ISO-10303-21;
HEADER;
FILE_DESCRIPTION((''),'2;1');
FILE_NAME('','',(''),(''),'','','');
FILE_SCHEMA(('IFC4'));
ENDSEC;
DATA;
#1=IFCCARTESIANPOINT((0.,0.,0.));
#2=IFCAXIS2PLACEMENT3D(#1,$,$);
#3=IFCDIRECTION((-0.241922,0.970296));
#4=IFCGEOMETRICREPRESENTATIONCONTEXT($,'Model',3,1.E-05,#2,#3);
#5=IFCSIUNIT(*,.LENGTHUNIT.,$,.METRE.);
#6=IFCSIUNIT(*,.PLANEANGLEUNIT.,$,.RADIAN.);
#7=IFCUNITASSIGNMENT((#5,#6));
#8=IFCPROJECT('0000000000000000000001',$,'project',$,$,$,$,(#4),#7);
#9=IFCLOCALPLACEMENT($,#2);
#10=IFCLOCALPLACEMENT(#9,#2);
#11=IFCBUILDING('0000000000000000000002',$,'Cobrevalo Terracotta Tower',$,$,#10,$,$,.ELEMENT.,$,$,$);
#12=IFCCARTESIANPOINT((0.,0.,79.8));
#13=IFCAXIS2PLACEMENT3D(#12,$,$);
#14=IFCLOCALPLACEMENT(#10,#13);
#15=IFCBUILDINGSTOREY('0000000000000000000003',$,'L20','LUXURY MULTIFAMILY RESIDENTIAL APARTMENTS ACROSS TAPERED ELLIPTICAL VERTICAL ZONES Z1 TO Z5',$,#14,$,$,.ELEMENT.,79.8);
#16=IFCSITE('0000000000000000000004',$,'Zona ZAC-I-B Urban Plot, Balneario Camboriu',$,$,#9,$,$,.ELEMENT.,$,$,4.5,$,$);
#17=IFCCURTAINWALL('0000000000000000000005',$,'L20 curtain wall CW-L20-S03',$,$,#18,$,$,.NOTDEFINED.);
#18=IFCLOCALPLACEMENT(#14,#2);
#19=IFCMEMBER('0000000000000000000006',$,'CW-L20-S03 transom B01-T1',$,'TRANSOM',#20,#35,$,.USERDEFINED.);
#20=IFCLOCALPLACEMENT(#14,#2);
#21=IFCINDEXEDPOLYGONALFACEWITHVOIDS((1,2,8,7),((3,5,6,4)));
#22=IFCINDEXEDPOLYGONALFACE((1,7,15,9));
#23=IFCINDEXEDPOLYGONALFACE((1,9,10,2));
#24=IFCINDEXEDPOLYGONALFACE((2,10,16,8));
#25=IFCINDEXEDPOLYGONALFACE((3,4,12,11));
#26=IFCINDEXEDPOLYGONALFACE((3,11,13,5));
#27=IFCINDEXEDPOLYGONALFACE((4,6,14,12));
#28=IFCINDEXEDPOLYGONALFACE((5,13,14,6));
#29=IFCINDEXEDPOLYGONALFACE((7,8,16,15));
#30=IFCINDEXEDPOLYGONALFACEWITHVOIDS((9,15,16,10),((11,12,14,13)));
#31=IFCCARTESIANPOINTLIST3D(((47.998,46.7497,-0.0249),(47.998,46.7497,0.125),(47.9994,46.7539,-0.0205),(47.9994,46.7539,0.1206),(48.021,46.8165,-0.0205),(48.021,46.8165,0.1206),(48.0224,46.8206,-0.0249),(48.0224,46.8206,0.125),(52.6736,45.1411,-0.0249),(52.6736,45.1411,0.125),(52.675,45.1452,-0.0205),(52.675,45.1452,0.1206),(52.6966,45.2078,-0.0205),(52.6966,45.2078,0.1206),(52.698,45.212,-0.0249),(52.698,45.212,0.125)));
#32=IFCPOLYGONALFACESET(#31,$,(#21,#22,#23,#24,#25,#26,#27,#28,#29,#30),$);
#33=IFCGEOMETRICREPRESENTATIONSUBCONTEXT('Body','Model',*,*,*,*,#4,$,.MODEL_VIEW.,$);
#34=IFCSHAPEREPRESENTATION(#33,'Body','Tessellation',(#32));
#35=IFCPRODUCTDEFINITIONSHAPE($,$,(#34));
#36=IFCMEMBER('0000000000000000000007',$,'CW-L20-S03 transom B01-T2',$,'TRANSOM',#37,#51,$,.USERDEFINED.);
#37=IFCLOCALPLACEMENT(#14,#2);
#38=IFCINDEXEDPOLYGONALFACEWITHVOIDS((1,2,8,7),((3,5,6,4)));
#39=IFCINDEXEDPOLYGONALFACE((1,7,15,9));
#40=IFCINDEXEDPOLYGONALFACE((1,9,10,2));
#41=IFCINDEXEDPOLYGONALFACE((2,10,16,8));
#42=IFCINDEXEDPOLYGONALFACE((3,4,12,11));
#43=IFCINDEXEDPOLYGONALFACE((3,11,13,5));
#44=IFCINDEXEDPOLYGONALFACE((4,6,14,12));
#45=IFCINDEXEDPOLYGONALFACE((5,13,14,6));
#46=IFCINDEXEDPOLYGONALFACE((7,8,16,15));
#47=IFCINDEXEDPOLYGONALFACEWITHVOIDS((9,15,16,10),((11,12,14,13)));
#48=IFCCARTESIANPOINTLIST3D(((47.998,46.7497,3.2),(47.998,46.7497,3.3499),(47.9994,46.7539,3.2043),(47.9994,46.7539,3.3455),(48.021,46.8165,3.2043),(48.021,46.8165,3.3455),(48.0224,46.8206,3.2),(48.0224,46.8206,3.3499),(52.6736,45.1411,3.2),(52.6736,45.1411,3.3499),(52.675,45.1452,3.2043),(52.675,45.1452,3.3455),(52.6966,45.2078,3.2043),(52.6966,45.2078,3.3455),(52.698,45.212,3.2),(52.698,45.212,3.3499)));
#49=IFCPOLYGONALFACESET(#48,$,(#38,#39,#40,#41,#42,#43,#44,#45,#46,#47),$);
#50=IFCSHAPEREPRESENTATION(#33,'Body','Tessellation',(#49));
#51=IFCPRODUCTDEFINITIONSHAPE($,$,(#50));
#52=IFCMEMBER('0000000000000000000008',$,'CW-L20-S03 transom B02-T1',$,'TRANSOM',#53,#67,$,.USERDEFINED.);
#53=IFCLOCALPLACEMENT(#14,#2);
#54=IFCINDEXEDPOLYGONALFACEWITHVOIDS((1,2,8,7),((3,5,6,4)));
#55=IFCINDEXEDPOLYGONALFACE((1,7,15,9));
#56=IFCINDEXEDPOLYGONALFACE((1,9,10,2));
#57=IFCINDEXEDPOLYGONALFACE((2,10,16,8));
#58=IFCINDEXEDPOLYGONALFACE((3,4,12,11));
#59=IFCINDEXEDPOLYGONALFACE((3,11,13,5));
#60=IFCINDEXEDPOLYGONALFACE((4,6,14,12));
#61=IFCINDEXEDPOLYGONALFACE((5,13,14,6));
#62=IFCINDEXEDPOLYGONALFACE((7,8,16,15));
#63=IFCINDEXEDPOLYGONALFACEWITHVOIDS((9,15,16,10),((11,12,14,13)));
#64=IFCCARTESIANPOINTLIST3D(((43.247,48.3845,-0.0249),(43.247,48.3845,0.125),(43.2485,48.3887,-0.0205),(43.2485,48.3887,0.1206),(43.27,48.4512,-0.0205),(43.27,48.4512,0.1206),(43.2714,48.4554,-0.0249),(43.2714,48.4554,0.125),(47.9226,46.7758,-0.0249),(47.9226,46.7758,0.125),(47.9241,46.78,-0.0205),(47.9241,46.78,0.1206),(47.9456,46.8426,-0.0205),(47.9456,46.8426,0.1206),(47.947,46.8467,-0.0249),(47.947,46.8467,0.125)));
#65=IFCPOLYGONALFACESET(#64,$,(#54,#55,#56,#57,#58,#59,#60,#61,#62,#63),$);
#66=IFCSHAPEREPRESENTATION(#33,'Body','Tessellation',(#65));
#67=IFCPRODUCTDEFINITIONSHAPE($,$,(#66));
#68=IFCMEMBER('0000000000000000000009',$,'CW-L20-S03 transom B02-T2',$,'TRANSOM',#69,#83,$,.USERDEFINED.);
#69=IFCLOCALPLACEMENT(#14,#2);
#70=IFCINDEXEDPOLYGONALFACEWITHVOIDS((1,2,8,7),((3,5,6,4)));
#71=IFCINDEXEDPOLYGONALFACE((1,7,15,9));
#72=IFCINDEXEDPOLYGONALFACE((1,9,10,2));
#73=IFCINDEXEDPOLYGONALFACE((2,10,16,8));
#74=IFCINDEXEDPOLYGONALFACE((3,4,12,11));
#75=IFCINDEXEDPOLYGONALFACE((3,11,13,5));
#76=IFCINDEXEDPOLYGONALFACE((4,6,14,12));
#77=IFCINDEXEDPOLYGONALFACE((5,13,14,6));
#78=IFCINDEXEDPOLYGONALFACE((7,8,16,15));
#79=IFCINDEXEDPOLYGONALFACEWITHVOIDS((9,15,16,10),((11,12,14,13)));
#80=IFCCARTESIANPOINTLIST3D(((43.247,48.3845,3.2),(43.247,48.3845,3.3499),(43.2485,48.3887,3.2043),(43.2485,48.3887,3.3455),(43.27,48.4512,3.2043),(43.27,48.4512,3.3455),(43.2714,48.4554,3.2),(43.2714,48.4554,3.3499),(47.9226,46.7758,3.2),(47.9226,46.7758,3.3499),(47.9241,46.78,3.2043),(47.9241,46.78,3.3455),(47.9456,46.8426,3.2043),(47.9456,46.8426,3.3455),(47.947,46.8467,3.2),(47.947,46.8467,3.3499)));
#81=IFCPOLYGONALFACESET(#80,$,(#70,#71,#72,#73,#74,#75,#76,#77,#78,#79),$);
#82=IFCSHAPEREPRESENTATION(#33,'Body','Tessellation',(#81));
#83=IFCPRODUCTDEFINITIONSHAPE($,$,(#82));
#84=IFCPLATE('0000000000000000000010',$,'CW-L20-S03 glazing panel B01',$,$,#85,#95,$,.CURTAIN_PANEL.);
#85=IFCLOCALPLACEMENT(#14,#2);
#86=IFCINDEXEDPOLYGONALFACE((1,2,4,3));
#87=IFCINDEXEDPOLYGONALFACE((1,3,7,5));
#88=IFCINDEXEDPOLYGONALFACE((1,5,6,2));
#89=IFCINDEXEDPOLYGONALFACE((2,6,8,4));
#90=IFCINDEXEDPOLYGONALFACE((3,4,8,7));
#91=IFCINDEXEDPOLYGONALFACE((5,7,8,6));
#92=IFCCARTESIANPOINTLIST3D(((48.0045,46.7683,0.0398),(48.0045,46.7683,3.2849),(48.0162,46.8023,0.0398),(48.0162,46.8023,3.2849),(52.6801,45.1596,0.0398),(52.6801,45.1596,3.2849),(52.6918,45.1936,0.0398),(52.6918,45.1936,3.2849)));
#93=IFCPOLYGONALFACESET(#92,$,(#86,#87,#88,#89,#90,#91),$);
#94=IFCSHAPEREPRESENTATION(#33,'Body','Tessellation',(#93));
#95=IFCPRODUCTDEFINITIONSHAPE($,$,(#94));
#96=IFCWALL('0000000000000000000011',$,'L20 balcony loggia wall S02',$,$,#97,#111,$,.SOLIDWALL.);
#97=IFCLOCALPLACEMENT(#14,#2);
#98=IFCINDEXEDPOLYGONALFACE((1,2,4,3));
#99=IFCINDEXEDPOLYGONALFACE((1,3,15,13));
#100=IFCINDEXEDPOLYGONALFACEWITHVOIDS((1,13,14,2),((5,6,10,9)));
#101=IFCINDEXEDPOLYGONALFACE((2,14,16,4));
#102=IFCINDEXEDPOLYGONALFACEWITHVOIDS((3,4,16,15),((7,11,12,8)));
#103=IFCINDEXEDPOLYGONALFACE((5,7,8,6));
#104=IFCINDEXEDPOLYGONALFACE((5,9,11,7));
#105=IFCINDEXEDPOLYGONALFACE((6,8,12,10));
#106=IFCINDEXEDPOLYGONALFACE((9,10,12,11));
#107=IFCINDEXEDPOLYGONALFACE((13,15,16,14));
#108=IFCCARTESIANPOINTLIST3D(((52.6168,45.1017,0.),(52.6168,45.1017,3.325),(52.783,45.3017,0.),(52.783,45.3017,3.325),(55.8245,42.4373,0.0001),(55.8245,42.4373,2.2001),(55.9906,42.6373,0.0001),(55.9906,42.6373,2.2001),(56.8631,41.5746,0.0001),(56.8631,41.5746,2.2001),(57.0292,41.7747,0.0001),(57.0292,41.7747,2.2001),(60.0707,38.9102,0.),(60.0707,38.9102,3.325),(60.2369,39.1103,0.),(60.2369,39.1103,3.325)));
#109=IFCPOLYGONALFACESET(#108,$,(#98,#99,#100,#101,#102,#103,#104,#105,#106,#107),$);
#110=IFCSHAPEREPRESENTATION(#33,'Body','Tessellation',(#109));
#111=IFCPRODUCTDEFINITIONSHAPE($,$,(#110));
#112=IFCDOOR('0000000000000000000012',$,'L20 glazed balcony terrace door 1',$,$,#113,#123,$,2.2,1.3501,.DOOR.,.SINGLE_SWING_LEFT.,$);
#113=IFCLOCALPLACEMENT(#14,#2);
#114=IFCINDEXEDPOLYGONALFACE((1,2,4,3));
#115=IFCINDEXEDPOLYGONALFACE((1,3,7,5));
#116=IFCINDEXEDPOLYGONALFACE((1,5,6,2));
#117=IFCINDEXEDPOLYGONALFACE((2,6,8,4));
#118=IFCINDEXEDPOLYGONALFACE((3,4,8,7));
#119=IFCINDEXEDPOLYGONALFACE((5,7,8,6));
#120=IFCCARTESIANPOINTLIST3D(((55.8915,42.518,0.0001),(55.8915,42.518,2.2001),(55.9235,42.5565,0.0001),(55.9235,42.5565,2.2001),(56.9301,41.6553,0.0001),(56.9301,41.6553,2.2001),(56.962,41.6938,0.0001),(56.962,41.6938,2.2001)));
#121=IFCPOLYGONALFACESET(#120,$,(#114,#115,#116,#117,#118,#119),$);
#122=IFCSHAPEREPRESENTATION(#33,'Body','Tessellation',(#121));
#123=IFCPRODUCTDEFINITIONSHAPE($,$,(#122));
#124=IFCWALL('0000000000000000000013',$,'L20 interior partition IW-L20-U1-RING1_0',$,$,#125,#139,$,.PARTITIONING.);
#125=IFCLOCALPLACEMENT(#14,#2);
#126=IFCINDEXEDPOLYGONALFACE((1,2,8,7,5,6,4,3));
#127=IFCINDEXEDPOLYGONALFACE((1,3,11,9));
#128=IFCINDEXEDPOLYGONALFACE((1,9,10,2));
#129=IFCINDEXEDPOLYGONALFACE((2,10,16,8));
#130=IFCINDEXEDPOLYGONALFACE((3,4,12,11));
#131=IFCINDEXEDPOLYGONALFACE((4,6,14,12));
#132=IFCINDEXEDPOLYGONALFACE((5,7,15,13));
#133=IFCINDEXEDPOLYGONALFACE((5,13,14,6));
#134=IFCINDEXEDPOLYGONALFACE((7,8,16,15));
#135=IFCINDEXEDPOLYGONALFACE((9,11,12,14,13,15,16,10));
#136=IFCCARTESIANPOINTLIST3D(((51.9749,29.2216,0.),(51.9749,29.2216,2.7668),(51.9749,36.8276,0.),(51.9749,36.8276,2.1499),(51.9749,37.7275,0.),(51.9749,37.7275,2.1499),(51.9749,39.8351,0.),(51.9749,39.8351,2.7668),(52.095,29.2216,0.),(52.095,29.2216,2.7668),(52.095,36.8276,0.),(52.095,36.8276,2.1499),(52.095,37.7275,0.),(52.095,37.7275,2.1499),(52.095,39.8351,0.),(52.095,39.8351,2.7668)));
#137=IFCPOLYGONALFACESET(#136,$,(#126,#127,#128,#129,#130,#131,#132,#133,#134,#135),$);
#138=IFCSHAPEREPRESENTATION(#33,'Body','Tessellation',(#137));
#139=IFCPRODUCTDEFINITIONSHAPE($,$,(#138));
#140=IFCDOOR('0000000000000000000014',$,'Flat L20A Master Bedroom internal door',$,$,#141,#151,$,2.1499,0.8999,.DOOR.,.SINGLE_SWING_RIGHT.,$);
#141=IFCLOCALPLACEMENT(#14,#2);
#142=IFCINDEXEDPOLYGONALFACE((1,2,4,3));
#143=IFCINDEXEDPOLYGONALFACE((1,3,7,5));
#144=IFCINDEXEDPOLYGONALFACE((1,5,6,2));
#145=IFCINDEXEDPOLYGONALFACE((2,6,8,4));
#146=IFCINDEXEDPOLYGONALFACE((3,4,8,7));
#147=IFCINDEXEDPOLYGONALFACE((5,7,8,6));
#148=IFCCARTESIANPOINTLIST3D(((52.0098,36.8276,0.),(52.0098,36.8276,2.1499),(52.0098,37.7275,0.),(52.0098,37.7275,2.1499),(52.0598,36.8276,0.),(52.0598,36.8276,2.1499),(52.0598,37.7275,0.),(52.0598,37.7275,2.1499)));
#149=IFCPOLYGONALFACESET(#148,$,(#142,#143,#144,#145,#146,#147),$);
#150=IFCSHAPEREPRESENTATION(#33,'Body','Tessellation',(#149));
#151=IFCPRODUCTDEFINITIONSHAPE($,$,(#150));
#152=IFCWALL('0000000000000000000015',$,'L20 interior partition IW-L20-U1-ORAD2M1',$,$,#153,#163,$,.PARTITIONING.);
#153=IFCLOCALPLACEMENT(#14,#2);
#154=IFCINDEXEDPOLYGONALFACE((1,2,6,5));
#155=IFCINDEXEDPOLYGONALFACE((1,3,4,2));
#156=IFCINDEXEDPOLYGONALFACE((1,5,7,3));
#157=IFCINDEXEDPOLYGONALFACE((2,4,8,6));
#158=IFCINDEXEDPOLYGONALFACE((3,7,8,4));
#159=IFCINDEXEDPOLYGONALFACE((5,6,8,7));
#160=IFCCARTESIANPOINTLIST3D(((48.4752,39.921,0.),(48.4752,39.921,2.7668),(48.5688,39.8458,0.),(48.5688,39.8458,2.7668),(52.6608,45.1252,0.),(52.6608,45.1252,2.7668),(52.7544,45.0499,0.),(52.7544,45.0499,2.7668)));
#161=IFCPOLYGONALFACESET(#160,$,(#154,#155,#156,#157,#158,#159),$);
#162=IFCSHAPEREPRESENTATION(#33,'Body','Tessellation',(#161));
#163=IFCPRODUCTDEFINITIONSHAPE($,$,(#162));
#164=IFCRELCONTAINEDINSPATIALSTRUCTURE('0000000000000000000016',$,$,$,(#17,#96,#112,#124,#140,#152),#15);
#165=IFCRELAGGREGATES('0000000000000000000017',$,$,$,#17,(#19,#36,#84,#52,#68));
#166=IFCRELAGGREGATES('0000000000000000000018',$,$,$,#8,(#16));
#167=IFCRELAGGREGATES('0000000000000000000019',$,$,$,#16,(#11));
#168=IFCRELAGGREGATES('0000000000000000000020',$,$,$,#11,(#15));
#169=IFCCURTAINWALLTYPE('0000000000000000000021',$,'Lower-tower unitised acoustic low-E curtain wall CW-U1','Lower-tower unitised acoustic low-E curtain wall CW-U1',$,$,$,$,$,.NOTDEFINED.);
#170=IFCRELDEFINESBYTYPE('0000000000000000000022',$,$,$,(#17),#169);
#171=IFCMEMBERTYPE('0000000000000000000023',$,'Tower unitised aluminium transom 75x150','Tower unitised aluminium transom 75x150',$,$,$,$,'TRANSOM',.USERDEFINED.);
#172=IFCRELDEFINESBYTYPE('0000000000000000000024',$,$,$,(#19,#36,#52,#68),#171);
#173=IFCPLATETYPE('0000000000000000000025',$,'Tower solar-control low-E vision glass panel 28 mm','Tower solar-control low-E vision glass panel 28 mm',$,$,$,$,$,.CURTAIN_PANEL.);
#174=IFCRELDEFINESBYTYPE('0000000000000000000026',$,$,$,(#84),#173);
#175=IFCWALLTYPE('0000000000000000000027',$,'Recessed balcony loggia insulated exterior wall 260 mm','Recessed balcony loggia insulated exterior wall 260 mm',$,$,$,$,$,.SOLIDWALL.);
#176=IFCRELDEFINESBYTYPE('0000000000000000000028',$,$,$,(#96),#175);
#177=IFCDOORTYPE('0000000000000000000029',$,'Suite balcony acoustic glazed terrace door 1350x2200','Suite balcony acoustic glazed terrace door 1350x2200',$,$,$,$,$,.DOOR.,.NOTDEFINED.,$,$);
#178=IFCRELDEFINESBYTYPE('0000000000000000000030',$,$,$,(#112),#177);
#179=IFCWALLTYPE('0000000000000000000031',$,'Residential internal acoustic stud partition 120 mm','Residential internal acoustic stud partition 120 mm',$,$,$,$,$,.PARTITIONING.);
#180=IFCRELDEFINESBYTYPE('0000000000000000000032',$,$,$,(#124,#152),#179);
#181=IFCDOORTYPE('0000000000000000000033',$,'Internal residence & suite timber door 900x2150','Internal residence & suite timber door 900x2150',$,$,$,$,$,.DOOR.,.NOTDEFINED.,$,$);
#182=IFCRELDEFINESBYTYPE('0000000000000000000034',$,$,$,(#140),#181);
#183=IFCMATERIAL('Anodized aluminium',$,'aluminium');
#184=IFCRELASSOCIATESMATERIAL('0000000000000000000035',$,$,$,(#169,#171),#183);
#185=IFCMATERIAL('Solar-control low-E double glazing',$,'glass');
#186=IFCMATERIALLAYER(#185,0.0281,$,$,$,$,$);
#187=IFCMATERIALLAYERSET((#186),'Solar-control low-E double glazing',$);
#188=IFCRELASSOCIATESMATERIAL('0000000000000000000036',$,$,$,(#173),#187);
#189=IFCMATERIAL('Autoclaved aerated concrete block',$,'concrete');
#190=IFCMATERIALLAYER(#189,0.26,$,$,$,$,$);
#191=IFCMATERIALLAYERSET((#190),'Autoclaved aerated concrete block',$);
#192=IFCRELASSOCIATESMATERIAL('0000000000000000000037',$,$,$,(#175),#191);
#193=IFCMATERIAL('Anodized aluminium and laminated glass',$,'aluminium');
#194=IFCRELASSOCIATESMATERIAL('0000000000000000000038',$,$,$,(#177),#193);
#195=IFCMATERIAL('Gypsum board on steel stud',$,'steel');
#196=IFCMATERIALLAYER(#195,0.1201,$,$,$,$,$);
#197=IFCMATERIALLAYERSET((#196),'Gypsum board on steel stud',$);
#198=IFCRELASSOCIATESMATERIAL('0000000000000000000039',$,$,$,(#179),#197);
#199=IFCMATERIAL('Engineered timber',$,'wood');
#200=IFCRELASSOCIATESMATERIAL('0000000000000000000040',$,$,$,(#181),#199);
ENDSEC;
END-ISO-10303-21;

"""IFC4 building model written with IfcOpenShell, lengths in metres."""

from ifc_helpers import new_model, si_unit, direction, frame, frame_2d, origin, origin_2d, place, context, subcontext, project, spatial, rectangle, hollow_rectangle, extrude, source, transform, mapped, material, layer, layer_set, material_profile, profile_set, type_object, element, fill, aggregate, save


model = new_model("IFC4")

# Units and contexts
model_context = context("Model", 3, precision=1e-05, world=origin(), true_north=direction((-0.241922, 0.970296)))
body_context = subcontext(model_context, "Body", "Model", "MODEL_VIEW")
ifc_project = project(units=[si_unit("LENGTHUNIT", "METRE"), si_unit("PLANEANGLEUNIT", "RADIAN")], contexts=[model_context])

# Site, building, storey
site_placement = place(None, origin())
site = spatial("IfcSite", under=ifc_project, at=site_placement, Name="Zona ZAC-I-B Urban Plot, Balneario Camboriu", CompositionType="ELEMENT", RefElevation=4.5)
building_placement = place(site_placement, origin())
building = spatial("IfcBuilding", under=site, at=building_placement, Name="Cobrevalo Terracotta Tower", CompositionType="ELEMENT")
storey_placement = place(building_placement, frame((0.0, 0.0, 79.8)))
storey = spatial("IfcBuildingStorey", under=building, at=storey_placement, Name="L20", Description="LUXURY MULTIFAMILY RESIDENTIAL APARTMENTS ACROSS TAPERED ELLIPTICAL VERTICAL ZONES Z1 TO Z5", CompositionType="ELEMENT", Elevation=79.8)

# Curtain wall, members, plate
ifc_material_1 = material(Name="Anodized aluminium", Category="aluminium")
curtain_wall_type = type_object("IfcCurtainWallType", Name="Lower-tower unitised acoustic low-E curtain wall CW-U1", Description="Lower-tower unitised acoustic low-E curtain wall CW-U1", PredefinedType="NOTDEFINED", material=ifc_material_1)
curtain_wall_placement = place(storey_placement, origin())
curtain_wall = element("IfcCurtainWall", 1, at=curtain_wall_placement, inside=storey, type_object=curtain_wall_type, Name="L20 curtain wall CW-L20-S03", PredefinedType="NOTDEFINED")
ifc_material_profile_1 = material_profile(ifc_material_1, hollow_rectangle(XDim=0.075, YDim=0.1499, WallThickness=0.0044, at=origin_2d()), Name="CWT 75x150")
ifc_profile_set_1 = profile_set([ifc_material_profile_1], Name="Anodized aluminium")
member_type_1 = type_object("IfcMemberType", Name="Tower unitised aluminium transom 75x150", Description="Tower unitised aluminium transom 75x150", ElementType="TRANSOM", PredefinedType="USERDEFINED", material=ifc_profile_set_1)
shared_shape_1 = source(origin(), body_context, "Body", "SweptSolid", [
    extrude(hollow_rectangle(XDim=0.075, YDim=0.1499, WallThickness=0.0044, at=origin_2d()), origin(), (0.0, 0.0, 1.0), 4.9446),
])
member_1_placement = place(storey_placement, frame((52.6858, 45.1765, 0.05), z_axis=(-0.945598, 0.325338, 0.0), x_axis=(-0.325338, -0.945598, 0.0)))
member_1 = element("IfcMember", 2, at=member_1_placement, type_object=member_type_1, Name="CW-L20-S03 transom B01-T1", ObjectType="TRANSOM", PredefinedType="USERDEFINED", context=body_context, shape_type="MappedRepresentation", body=[
    mapped(shared_shape_1, transform((0.0, 0.0, 0.0), scale=1.0)),
])
member_2_placement = place(storey_placement, frame((52.6858, 45.1765, 3.2749), z_axis=(-0.945598, 0.325338, 0.0), x_axis=(-0.325338, -0.945598, 0.0)))
member_2 = element("IfcMember", 3, at=member_2_placement, type_object=member_type_1, Name="CW-L20-S03 transom B01-T2", ObjectType="TRANSOM", PredefinedType="USERDEFINED", context=body_context, shape_type="MappedRepresentation", body=[
    mapped(shared_shape_1, transform((0.0, 0.0, 0.0), scale=1.0)),
])
member_3_placement = place(storey_placement, frame((47.9348, 46.8113, 0.05), z_axis=(-0.945598, 0.325338, 0.0), x_axis=(-0.325338, -0.945598, 0.0)))
member_3 = element("IfcMember", 4, at=member_3_placement, type_object=member_type_1, Name="CW-L20-S03 transom B02-T1", ObjectType="TRANSOM", PredefinedType="USERDEFINED", context=body_context, shape_type="MappedRepresentation", body=[
    mapped(shared_shape_1, transform((0.0, 0.0, 0.0), scale=1.0)),
])
member_4_placement = place(storey_placement, frame((47.9348, 46.8113, 3.2749), z_axis=(-0.945598, 0.325338, 0.0), x_axis=(-0.325338, -0.945598, 0.0)))
member_4 = element("IfcMember", 5, at=member_4_placement, type_object=member_type_1, Name="CW-L20-S03 transom B02-T2", ObjectType="TRANSOM", PredefinedType="USERDEFINED", context=body_context, shape_type="MappedRepresentation", body=[
    mapped(shared_shape_1, transform((0.0, 0.0, 0.0), scale=1.0)),
])
ifc_material_2 = material(Name="Solar-control low-E double glazing", Category="glass")
ifc_layer_1 = layer(ifc_material_2, 0.0281)
ifc_layer_set_1 = layer_set([ifc_layer_1], Name="Solar-control low-E double glazing")
plate_type = type_object("IfcPlateType", Name="Tower solar-control low-E vision glass panel 28 mm", Description="Tower solar-control low-E vision glass panel 28 mm", PredefinedType="CURTAIN_PANEL", material=ifc_layer_set_1)
shared_shape_2 = source(origin(), body_context, "Body", "SweptSolid", [
    extrude(rectangle(XDim=4.9446, YDim=0.0359, at=origin_2d()), origin(), (0.0, 0.0, 1.0), 3.2451),
])
plate_placement = place(storey_placement, frame((50.3481, 45.981, 0.0398), z_axis=(0.0, 0.0, 1.0), x_axis=(-0.945596, 0.325342, 0.0)))
plate = element("IfcPlate", 6, at=plate_placement, type_object=plate_type, Name="CW-L20-S03 glazing panel B01", PredefinedType="CURTAIN_PANEL", context=body_context, shape_type="MappedRepresentation", body=[
    mapped(shared_shape_2, transform((0.0, 0.0, 0.0), scale=1.0)),
])
aggregate(curtain_wall, [member_1, member_2, plate, member_3, member_4])

# Walls, openings, doors
ifc_material_3 = material(Name="Autoclaved aerated concrete block", Category="concrete")
ifc_layer_2 = layer(ifc_material_3, 0.26)
ifc_layer_set_2 = layer_set([ifc_layer_2], Name="Autoclaved aerated concrete block")
wall_type_1 = type_object("IfcWallType", Name="Recessed balcony loggia insulated exterior wall 260 mm", Description="Recessed balcony loggia insulated exterior wall 260 mm", PredefinedType="SOLIDWALL", material=ifc_layer_set_2)
wall_1_placement = place(storey_placement, frame((60.1538, 39.0103, 0.0), z_axis=(0.0, 0.0, 1.0), x_axis=(-0.769243, 0.638957, 0.0)))
wall_1 = element("IfcWall", 7, at=wall_1_placement, inside=storey, type_object=wall_type_1, Name="L20 balcony loggia wall S02", PredefinedType="SOLIDWALL", context=body_context, shape_type="SweptSolid", body=[
    extrude(rectangle(XDim=9.6899, YDim=0.26, at=frame_2d((4.845, 0.0))), origin(), (0.0, 0.0, 1.0), 3.325),
])
opening_1_placement = place(wall_1_placement, frame((4.1699, 0.0, 0.0)))
opening_1 = element("IfcOpeningElement", 8, at=opening_1_placement, cuts=wall_1, PredefinedType="OPENING", context=body_context, shape_type="SweptSolid", body=[
    extrude(rectangle(XDim=1.3501, YDim=2.2, at=frame_2d((0.675, 1.1001))), frame((0.0, 0.1401, 0.0), z_axis=(0.0, -1.0, 0.0), x_axis=(1.0, 0.0, 0.0)), (0.0, 0.0, 1.0), 0.28),
])
ifc_material_4 = material(Name="Anodized aluminium and laminated glass", Category="aluminium")
door_type_1 = type_object("IfcDoorType", Name="Suite balcony acoustic glazed terrace door 1350x2200", Description="Suite balcony acoustic glazed terrace door 1350x2200", OperationType="NOTDEFINED", PredefinedType="DOOR", material=ifc_material_4)
shared_shape_3 = source(origin(), body_context, "Body", "SweptSolid", [
    extrude(rectangle(XDim=1.3501, YDim=2.2, at=frame_2d((0.675, 1.1001))), frame((0.0, 0.0249, 0.0), z_axis=(0.0, -1.0, 0.0), x_axis=(1.0, 0.0, 0.0)), (0.0, 0.0, 1.0), 0.05),
])
door_1_placement = place(opening_1_placement, frame((1.3501, 0.0, 0.0), z_axis=(0.0, 0.0, 1.0), x_axis=(-1.0, 0.0, 0.0)))
door_1 = element("IfcDoor", 9, at=door_1_placement, inside=storey, type_object=door_type_1, Name="L20 glazed balcony terrace door 1", OperationType="SINGLE_SWING_LEFT", OverallHeight=2.2, OverallWidth=1.3501, PredefinedType="DOOR", context=body_context, shape_type="MappedRepresentation", body=[
    mapped(shared_shape_3, transform((0.0, 0.0, 0.0), scale=1.0)),
])
fill(opening_1, door_1)
ifc_material_5 = material(Name="Gypsum board on steel stud", Category="steel")
ifc_layer_3 = layer(ifc_material_5, 0.1201)
ifc_layer_set_3 = layer_set([ifc_layer_3], Name="Gypsum board on steel stud")
wall_type_2 = type_object("IfcWallType", Name="Residential internal acoustic stud partition 120 mm", Description="Residential internal acoustic stud partition 120 mm", PredefinedType="PARTITIONING", material=ifc_layer_set_3)
wall_2_placement = place(storey_placement, frame((52.0349, 39.835, 0.0), z_axis=(0.0, 0.0, 1.0), x_axis=(0.0, -1.0, 0.0)))
wall_2 = element("IfcWall", 10, at=wall_2_placement, inside=storey, type_object=wall_type_2, Name="L20 interior partition IW-L20-U1-RING1_0", PredefinedType="PARTITIONING", context=body_context, shape_type="SweptSolid", body=[
    extrude(rectangle(XDim=10.6135, YDim=0.1201, at=frame_2d((5.3066, 0.0))), origin(), (0.0, 0.0, 1.0), 2.7668),
])
opening_2_placement = place(wall_2_placement, frame((2.1074, 0.0, 0.0)))
opening_2 = element("IfcOpeningElement", 11, at=opening_2_placement, cuts=wall_2, PredefinedType="OPENING", context=body_context, shape_type="SweptSolid", body=[
    extrude(rectangle(XDim=0.8999, YDim=2.1499, at=frame_2d((0.45, 1.075))), frame((0.0, 0.0701, 0.0), z_axis=(0.0, -1.0, 0.0), x_axis=(1.0, 0.0, 0.0)), (0.0, 0.0, 1.0), 0.1401),
])
ifc_material_6 = material(Name="Engineered timber", Category="wood")
door_type_2 = type_object("IfcDoorType", Name="Internal residence & suite timber door 900x2150", Description="Internal residence & suite timber door 900x2150", OperationType="NOTDEFINED", PredefinedType="DOOR", material=ifc_material_6)
shared_shape_4 = source(origin(), body_context, "Body", "SweptSolid", [
    extrude(rectangle(XDim=0.8999, YDim=2.1499, at=frame_2d((0.45, 1.075))), frame((0.0, 0.0249, 0.0), z_axis=(0.0, -1.0, 0.0), x_axis=(1.0, 0.0, 0.0)), (0.0, 0.0, 1.0), 0.05),
])
door_2_placement = place(opening_2_placement, origin())
door_2 = element("IfcDoor", 12, at=door_2_placement, inside=storey, type_object=door_type_2, Name="Flat L20A Master Bedroom internal door", OperationType="SINGLE_SWING_RIGHT", OverallHeight=2.1499, OverallWidth=0.8999, PredefinedType="DOOR", context=body_context, shape_type="MappedRepresentation", body=[
    mapped(shared_shape_4, transform((0.0, 0.0, 0.0), scale=1.0)),
])
fill(opening_2, door_2)

# Wall
wall_3_placement = place(storey_placement, frame((48.522, 39.8833, 0.0), z_axis=(0.0, 0.0, 1.0), x_axis=(0.626726, 0.77924, 0.0)))
element("IfcWall", 13, at=wall_3_placement, inside=storey, type_object=wall_type_2, Name="L20 interior partition IW-L20-U1-ORAD2M1", PredefinedType="PARTITIONING", context=body_context, shape_type="SweptSolid", body=[
    extrude(rectangle(XDim=6.6785, YDim=0.1201, at=frame_2d((3.3394, 0.0))), origin(), (0.0, 0.0, 1.0), 2.7668),
])

save(model, "model.ifc")
